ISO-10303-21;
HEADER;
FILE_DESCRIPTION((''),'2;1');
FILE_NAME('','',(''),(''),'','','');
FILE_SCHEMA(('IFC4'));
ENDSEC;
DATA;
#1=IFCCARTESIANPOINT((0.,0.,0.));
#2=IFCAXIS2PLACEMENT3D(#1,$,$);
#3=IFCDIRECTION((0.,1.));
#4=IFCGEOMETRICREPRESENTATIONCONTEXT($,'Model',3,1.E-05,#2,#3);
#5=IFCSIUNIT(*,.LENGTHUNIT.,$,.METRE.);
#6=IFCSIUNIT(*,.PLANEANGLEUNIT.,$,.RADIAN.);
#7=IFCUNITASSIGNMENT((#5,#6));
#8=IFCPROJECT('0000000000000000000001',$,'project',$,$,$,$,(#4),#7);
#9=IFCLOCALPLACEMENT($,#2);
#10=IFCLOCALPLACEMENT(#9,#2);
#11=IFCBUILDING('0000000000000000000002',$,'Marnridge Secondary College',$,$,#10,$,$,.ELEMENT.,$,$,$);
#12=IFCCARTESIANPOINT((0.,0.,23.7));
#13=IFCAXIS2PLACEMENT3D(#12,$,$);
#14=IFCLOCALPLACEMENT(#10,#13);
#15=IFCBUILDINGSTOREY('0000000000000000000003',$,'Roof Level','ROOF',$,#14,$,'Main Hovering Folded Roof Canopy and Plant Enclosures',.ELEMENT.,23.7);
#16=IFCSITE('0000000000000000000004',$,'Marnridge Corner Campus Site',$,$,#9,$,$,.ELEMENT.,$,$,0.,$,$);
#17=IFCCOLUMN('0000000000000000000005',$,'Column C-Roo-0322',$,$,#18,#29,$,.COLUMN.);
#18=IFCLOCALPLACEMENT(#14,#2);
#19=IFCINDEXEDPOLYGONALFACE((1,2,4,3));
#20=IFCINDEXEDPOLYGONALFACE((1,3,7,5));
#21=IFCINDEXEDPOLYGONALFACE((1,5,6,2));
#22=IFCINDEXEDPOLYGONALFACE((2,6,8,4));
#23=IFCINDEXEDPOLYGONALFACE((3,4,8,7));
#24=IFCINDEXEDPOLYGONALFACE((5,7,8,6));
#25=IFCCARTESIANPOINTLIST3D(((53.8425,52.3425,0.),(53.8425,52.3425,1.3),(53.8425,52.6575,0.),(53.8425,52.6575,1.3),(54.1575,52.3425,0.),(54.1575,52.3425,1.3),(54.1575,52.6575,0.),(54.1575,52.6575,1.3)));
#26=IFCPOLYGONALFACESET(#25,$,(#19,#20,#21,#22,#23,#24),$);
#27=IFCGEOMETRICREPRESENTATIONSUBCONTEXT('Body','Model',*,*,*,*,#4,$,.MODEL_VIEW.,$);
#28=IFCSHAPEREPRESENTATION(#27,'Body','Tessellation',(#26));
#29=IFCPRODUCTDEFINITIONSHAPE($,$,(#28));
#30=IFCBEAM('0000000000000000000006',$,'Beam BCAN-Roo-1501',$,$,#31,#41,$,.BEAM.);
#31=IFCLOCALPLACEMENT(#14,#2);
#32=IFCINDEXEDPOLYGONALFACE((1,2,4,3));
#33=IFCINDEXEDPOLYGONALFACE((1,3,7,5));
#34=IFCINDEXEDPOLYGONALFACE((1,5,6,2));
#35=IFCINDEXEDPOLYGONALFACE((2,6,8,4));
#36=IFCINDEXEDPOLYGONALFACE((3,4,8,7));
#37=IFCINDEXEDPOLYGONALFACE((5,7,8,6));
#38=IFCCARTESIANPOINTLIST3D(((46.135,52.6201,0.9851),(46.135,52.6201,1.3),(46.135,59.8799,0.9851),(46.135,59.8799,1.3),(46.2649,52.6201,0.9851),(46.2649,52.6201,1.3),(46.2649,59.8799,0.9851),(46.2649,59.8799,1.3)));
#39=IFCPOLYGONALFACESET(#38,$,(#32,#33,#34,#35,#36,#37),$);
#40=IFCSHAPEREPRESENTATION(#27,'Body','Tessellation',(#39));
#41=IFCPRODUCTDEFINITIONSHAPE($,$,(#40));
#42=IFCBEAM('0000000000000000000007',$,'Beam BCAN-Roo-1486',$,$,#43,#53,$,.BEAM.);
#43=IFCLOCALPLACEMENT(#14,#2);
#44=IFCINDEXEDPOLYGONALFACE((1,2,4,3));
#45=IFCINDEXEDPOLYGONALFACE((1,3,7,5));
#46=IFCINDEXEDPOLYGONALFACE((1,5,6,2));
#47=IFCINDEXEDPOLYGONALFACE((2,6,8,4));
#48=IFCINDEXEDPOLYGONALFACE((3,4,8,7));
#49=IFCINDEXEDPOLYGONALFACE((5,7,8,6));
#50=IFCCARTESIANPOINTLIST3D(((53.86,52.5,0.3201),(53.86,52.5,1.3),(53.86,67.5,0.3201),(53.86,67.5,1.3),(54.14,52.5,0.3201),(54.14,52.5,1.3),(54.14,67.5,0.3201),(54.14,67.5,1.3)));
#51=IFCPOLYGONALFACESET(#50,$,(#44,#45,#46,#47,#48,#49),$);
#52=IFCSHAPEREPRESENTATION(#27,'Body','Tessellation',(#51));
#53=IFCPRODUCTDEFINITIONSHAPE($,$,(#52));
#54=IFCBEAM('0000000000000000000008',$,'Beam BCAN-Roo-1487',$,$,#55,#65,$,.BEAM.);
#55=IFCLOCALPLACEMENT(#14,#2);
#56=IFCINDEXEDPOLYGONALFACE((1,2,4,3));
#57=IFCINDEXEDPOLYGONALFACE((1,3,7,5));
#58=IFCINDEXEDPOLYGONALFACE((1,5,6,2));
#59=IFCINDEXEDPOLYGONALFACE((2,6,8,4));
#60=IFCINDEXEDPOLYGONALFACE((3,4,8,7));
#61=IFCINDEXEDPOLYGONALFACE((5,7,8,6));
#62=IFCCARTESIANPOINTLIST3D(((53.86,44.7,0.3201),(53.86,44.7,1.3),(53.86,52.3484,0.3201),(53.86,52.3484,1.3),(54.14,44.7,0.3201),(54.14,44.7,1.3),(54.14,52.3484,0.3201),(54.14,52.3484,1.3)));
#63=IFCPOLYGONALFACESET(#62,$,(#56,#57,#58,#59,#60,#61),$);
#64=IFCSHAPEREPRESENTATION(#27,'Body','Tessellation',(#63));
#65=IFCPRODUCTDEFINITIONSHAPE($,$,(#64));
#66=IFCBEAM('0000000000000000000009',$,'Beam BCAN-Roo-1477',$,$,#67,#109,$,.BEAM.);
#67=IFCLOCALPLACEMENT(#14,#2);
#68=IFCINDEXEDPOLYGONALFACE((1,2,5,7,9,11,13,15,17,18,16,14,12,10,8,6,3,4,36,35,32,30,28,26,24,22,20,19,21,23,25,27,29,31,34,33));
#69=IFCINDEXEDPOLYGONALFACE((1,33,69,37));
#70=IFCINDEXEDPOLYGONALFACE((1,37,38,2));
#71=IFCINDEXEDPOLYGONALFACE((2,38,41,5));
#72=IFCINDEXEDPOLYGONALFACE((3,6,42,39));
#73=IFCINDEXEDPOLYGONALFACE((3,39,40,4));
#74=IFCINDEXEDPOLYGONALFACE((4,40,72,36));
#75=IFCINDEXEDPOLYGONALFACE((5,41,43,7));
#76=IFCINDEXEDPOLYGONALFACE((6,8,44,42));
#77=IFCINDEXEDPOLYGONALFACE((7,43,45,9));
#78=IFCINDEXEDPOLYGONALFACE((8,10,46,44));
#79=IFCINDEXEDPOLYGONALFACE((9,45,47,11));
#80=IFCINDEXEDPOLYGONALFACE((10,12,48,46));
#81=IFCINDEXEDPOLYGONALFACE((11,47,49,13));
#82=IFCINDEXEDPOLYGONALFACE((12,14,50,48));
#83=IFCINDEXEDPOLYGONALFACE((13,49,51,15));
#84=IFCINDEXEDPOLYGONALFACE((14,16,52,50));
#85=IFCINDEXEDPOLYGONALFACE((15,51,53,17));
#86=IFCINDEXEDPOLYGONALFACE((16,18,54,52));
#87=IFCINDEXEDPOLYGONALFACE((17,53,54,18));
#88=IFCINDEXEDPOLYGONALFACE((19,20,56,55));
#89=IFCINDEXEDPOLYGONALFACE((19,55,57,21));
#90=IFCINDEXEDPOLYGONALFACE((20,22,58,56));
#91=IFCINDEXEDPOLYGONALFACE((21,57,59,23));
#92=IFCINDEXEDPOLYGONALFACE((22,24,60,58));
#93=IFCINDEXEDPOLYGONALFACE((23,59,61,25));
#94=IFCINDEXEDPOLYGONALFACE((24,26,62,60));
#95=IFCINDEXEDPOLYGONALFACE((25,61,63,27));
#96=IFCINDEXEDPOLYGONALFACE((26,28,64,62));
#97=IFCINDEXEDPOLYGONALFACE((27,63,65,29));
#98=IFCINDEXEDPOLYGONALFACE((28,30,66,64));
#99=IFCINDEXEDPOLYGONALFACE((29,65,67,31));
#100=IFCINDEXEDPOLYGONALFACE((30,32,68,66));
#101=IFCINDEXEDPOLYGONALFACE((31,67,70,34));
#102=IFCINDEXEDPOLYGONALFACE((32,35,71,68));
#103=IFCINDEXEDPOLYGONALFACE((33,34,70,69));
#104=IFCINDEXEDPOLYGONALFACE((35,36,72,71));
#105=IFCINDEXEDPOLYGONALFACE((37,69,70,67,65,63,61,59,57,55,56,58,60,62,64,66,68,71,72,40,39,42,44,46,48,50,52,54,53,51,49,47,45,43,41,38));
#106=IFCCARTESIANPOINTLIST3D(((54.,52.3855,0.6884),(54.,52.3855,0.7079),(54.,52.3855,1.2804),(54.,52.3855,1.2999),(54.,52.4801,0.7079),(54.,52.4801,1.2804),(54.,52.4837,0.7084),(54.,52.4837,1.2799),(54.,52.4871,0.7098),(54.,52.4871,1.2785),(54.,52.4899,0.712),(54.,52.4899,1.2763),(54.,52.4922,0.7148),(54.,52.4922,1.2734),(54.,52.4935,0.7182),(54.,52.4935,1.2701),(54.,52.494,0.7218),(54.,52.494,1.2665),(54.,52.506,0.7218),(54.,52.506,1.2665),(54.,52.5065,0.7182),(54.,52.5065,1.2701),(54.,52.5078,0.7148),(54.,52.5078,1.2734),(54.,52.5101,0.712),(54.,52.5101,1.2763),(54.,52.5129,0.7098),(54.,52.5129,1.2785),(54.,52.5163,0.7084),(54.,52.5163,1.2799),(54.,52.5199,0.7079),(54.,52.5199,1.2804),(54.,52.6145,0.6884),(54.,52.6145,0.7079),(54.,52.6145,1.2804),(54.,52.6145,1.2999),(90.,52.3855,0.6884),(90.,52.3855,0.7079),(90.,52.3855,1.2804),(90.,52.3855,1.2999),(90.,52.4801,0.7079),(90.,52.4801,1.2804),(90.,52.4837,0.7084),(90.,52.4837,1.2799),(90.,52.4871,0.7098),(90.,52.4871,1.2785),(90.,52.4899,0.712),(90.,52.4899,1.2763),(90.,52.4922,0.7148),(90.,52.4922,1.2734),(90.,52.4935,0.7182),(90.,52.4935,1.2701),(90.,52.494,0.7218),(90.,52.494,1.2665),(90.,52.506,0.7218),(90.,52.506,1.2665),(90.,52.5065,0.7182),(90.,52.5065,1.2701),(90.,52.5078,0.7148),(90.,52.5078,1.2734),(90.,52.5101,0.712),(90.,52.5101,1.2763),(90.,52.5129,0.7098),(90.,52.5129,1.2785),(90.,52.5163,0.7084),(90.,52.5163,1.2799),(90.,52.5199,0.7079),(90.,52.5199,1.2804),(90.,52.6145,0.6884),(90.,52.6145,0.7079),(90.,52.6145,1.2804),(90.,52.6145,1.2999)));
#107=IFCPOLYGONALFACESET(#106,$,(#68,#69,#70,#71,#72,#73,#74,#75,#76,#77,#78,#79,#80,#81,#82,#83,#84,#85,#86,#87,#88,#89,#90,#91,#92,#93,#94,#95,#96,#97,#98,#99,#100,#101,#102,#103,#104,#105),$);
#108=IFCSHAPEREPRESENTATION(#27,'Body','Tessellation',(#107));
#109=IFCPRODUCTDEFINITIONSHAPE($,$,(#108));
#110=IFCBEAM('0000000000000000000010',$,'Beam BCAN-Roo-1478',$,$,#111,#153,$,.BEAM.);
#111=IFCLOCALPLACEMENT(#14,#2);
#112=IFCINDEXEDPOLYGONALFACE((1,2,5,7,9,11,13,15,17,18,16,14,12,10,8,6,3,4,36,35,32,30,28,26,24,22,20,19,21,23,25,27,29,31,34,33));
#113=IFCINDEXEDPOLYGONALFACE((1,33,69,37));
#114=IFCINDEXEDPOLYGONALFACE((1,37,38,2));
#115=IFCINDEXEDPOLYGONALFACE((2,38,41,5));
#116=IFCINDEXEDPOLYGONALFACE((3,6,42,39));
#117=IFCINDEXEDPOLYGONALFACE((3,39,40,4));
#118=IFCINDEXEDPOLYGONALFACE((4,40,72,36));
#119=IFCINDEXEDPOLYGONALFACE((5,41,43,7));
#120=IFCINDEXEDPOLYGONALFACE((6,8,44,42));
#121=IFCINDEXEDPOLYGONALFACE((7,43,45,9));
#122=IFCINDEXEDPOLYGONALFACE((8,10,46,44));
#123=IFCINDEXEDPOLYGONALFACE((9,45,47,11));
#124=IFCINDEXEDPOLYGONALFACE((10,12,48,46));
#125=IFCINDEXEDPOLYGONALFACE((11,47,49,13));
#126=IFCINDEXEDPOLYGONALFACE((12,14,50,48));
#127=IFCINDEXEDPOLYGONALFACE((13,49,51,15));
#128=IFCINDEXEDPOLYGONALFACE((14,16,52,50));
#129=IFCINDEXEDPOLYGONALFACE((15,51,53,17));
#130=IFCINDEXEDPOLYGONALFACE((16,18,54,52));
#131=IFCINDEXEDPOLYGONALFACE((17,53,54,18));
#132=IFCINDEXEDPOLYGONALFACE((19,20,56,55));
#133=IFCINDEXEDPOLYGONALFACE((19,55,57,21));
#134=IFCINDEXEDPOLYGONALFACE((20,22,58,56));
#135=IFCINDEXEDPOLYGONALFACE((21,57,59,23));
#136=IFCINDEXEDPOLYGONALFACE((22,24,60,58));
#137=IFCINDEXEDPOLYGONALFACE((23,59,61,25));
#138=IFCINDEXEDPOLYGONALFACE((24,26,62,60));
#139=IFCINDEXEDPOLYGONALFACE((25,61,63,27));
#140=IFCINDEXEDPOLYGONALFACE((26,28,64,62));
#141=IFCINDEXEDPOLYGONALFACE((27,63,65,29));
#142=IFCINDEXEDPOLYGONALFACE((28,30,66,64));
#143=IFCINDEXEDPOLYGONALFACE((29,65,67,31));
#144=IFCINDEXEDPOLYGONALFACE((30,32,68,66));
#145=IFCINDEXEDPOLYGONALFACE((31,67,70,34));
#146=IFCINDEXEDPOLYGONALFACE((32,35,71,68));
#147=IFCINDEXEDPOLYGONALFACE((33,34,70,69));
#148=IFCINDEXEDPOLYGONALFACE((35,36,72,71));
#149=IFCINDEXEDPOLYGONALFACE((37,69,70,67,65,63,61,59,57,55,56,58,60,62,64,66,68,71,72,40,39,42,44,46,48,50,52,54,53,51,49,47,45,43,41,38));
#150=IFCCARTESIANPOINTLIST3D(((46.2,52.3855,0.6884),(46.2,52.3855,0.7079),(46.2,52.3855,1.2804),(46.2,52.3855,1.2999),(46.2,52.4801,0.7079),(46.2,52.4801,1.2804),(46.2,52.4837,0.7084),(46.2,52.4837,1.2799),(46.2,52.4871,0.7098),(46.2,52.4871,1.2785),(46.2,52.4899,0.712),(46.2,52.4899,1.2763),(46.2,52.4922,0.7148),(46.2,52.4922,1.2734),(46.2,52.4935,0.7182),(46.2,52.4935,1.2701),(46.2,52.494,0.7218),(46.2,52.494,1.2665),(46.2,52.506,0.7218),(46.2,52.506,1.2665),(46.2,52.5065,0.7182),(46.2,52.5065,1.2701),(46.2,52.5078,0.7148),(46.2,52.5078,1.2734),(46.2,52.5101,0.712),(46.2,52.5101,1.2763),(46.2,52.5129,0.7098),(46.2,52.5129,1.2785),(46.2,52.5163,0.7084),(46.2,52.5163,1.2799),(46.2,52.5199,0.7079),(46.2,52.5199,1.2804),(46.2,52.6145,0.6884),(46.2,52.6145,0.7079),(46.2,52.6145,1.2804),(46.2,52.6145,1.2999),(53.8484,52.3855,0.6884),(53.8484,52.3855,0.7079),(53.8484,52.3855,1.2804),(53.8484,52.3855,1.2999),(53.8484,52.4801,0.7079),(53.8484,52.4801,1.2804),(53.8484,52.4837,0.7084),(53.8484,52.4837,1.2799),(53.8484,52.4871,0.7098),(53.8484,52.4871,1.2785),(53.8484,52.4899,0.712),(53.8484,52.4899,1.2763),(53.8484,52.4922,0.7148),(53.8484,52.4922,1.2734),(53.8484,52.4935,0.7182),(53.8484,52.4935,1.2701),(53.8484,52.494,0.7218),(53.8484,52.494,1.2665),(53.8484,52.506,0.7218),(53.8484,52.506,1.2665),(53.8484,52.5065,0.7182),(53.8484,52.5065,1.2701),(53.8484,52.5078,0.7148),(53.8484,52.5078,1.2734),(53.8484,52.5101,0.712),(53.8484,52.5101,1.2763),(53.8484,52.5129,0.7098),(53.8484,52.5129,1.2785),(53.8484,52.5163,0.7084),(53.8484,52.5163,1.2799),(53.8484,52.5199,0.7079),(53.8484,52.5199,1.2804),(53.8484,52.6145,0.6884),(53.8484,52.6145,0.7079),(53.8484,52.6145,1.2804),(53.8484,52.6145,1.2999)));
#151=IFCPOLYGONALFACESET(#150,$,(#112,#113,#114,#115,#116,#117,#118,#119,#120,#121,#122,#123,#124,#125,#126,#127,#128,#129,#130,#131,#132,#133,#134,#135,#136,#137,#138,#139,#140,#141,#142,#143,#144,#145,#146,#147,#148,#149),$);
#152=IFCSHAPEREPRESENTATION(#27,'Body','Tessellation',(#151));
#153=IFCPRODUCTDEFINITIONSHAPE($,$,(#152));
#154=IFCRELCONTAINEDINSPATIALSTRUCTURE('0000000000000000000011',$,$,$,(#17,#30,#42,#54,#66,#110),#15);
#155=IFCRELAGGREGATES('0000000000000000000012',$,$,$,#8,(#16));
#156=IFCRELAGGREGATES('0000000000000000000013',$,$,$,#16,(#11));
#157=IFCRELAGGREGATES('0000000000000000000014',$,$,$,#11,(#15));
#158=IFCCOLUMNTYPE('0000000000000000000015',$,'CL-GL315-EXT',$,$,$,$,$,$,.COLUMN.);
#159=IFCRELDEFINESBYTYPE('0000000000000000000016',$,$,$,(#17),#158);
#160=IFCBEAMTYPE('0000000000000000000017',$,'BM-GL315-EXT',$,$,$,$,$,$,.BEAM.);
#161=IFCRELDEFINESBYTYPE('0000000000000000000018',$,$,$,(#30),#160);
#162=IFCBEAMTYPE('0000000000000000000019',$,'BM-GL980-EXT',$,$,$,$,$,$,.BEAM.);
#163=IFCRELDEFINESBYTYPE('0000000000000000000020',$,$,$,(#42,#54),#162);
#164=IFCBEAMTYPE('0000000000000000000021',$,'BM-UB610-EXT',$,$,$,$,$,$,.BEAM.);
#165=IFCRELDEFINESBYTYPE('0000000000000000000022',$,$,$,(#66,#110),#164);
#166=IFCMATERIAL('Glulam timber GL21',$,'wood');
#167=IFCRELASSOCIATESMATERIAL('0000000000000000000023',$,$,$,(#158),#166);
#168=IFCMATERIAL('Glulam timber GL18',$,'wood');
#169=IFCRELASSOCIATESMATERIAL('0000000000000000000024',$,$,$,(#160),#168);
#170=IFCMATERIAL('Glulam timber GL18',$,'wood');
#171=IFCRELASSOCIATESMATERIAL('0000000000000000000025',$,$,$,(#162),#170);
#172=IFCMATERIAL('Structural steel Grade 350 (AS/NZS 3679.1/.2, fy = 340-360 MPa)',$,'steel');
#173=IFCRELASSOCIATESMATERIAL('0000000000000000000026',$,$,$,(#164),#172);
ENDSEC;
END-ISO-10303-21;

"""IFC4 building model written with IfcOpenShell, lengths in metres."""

from ifc_helpers import new_model, si_unit, direction, frame, origin, origin_2d, place, context, subcontext, project, spatial, rectangle, i_section, extrude, material, material_profile, profile_set, type_object, element, save


model = new_model("IFC4")

# Units and contexts
model_context = context("Model", 3, precision=1e-05, world=origin(), true_north=direction((0.0, 1.0)))
body_context = subcontext(model_context, "Body", "Model", "MODEL_VIEW")
ifc_project = project(units=[si_unit("LENGTHUNIT", "METRE"), si_unit("PLANEANGLEUNIT", "RADIAN")], contexts=[model_context])

# Site, building, storey
site_placement = place(None, origin())
site = spatial("IfcSite", under=ifc_project, at=site_placement, Name="Marnridge Corner Campus Site", CompositionType="ELEMENT", RefElevation=0.0)
building_placement = place(site_placement, origin())
building = spatial("IfcBuilding", under=site, at=building_placement, Name="Marnridge Secondary College", CompositionType="ELEMENT")
storey_placement = place(building_placement, frame((0.0, 0.0, 23.7)))
storey = spatial("IfcBuildingStorey", under=building, at=storey_placement, Name="Roof Level", Description="ROOF", LongName="Main Hovering Folded Roof Canopy and Plant Enclosures", CompositionType="ELEMENT", Elevation=23.7)

# Column
ifc_material_1 = material(Name="Glulam timber GL21", Category="wood")
ifc_material_profile_1 = material_profile(ifc_material_1, rectangle(XDim=0.3149, YDim=0.3149, at=origin_2d()), Name="GL21 315x315")
ifc_profile_set_1 = profile_set([ifc_material_profile_1], Name="Glulam timber GL21")
column_type = type_object("IfcColumnType", Name="CL-GL315-EXT", PredefinedType="COLUMN", material=ifc_profile_set_1)
column_placement = place(storey_placement, frame((54.0, 52.5, 0.0), z_axis=(0.0, 0.0, 1.0), x_axis=(1.0, 0.0, 0.0)))
element("IfcColumn", 1, at=column_placement, inside=storey, type_object=column_type, Name="Column C-Roo-0322", PredefinedType="COLUMN", context=body_context, shape_type="SweptSolid", body=[
    extrude(rectangle(XDim=0.3149, YDim=0.3149, at=origin_2d()), origin(), (0.0, 0.0, 1.0), 1.3),
])

# Beams
ifc_material_2 = material(Name="Glulam timber GL18", Category="wood")
ifc_material_profile_2 = material_profile(ifc_material_2, rectangle(XDim=0.1299, YDim=0.3149, at=origin_2d()), Name="GL18 130x315")
ifc_profile_set_2 = profile_set([ifc_material_profile_2], Name="Glulam timber GL18")
beam_type_1 = type_object("IfcBeamType", Name="BM-GL315-EXT", PredefinedType="BEAM", material=ifc_profile_set_2)
beam_1_placement = place(storey_placement, frame((46.2, 52.6201, 1.1426), z_axis=(0.0, 1.0, 0.0), x_axis=(-1.0, 0.0, 0.0)))
element("IfcBeam", 2, at=beam_1_placement, inside=storey, type_object=beam_type_1, Name="Beam BCAN-Roo-1501", PredefinedType="BEAM", context=body_context, shape_type="SweptSolid", body=[
    extrude(rectangle(XDim=0.1299, YDim=0.3149, at=origin_2d()), origin(), (0.0, 0.0, 1.0), 7.2598),
])
ifc_material_3 = material(Name="Glulam timber GL18", Category="wood")
ifc_material_profile_3 = material_profile(ifc_material_3, rectangle(XDim=0.28, YDim=0.98, at=origin_2d()), Name="GL18 280x980")
ifc_profile_set_3 = profile_set([ifc_material_profile_3], Name="Glulam timber GL18")
beam_type_2 = type_object("IfcBeamType", Name="BM-GL980-EXT", PredefinedType="BEAM", material=ifc_profile_set_3)
beam_2_placement = place(storey_placement, frame((54.0, 52.5, 0.8101), z_axis=(0.0, 1.0, 0.0), x_axis=(-1.0, 0.0, 0.0)))
element("IfcBeam", 3, at=beam_2_placement, inside=storey, type_object=beam_type_2, Name="Beam BCAN-Roo-1486", PredefinedType="BEAM", context=body_context, shape_type="SweptSolid", body=[
    extrude(rectangle(XDim=0.28, YDim=0.98, at=origin_2d()), origin(), (0.0, 0.0, 1.0), 15.0),
])
beam_3_placement = place(storey_placement, frame((54.0, 52.3484, 0.8101), z_axis=(0.0, -1.0, 0.0), x_axis=(1.0, 0.0, 0.0)))
element("IfcBeam", 4, at=beam_3_placement, inside=storey, type_object=beam_type_2, Name="Beam BCAN-Roo-1487", PredefinedType="BEAM", context=body_context, shape_type="SweptSolid", body=[
    extrude(rectangle(XDim=0.28, YDim=0.98, at=origin_2d()), origin(), (0.0, 0.0, 1.0), 7.6484),
])
ifc_material_4 = material(Name="Structural steel Grade 350 (AS/NZS 3679.1/.2, fy = 340-360 MPa)", Category="steel")
ifc_material_profile_4 = material_profile(ifc_material_4, i_section(OverallWidth=0.229, OverallDepth=0.6116, WebThickness=0.012, FlangeThickness=0.0195, FilletRadius=0.0139, at=origin_2d()), Name="610UB125")
ifc_profile_set_4 = profile_set([ifc_material_profile_4], Name="Structural steel Grade 350 (AS/NZS 3679.1/.2, fy = 340-360 MPa)")
beam_type_3 = type_object("IfcBeamType", Name="BM-UB610-EXT", PredefinedType="BEAM", material=ifc_profile_set_4)
beam_4_placement = place(storey_placement, frame((54.0, 52.5, 0.9941), z_axis=(1.0, 0.0, 0.0), x_axis=(0.0, 1.0, 0.0)))
element("IfcBeam", 5, at=beam_4_placement, inside=storey, type_object=beam_type_3, Name="Beam BCAN-Roo-1477", PredefinedType="BEAM", context=body_context, shape_type="SweptSolid", body=[
    extrude(i_section(OverallWidth=0.229, OverallDepth=0.6116, WebThickness=0.012, FlangeThickness=0.0195, FilletRadius=0.0139, at=origin_2d()), origin(), (0.0, 0.0, 1.0), 36.0),
])
beam_5_placement = place(storey_placement, frame((53.8484, 52.5, 0.9941), z_axis=(-1.0, 0.0, 0.0), x_axis=(0.0, -1.0, 0.0)))
element("IfcBeam", 6, at=beam_5_placement, inside=storey, type_object=beam_type_3, Name="Beam BCAN-Roo-1478", PredefinedType="BEAM", context=body_context, shape_type="SweptSolid", body=[
    extrude(i_section(OverallWidth=0.229, OverallDepth=0.6116, WebThickness=0.012, FlangeThickness=0.0195, FilletRadius=0.0139, at=origin_2d()), origin(), (0.0, 0.0, 1.0), 7.6484),
])

save(model, "model.ifc")
